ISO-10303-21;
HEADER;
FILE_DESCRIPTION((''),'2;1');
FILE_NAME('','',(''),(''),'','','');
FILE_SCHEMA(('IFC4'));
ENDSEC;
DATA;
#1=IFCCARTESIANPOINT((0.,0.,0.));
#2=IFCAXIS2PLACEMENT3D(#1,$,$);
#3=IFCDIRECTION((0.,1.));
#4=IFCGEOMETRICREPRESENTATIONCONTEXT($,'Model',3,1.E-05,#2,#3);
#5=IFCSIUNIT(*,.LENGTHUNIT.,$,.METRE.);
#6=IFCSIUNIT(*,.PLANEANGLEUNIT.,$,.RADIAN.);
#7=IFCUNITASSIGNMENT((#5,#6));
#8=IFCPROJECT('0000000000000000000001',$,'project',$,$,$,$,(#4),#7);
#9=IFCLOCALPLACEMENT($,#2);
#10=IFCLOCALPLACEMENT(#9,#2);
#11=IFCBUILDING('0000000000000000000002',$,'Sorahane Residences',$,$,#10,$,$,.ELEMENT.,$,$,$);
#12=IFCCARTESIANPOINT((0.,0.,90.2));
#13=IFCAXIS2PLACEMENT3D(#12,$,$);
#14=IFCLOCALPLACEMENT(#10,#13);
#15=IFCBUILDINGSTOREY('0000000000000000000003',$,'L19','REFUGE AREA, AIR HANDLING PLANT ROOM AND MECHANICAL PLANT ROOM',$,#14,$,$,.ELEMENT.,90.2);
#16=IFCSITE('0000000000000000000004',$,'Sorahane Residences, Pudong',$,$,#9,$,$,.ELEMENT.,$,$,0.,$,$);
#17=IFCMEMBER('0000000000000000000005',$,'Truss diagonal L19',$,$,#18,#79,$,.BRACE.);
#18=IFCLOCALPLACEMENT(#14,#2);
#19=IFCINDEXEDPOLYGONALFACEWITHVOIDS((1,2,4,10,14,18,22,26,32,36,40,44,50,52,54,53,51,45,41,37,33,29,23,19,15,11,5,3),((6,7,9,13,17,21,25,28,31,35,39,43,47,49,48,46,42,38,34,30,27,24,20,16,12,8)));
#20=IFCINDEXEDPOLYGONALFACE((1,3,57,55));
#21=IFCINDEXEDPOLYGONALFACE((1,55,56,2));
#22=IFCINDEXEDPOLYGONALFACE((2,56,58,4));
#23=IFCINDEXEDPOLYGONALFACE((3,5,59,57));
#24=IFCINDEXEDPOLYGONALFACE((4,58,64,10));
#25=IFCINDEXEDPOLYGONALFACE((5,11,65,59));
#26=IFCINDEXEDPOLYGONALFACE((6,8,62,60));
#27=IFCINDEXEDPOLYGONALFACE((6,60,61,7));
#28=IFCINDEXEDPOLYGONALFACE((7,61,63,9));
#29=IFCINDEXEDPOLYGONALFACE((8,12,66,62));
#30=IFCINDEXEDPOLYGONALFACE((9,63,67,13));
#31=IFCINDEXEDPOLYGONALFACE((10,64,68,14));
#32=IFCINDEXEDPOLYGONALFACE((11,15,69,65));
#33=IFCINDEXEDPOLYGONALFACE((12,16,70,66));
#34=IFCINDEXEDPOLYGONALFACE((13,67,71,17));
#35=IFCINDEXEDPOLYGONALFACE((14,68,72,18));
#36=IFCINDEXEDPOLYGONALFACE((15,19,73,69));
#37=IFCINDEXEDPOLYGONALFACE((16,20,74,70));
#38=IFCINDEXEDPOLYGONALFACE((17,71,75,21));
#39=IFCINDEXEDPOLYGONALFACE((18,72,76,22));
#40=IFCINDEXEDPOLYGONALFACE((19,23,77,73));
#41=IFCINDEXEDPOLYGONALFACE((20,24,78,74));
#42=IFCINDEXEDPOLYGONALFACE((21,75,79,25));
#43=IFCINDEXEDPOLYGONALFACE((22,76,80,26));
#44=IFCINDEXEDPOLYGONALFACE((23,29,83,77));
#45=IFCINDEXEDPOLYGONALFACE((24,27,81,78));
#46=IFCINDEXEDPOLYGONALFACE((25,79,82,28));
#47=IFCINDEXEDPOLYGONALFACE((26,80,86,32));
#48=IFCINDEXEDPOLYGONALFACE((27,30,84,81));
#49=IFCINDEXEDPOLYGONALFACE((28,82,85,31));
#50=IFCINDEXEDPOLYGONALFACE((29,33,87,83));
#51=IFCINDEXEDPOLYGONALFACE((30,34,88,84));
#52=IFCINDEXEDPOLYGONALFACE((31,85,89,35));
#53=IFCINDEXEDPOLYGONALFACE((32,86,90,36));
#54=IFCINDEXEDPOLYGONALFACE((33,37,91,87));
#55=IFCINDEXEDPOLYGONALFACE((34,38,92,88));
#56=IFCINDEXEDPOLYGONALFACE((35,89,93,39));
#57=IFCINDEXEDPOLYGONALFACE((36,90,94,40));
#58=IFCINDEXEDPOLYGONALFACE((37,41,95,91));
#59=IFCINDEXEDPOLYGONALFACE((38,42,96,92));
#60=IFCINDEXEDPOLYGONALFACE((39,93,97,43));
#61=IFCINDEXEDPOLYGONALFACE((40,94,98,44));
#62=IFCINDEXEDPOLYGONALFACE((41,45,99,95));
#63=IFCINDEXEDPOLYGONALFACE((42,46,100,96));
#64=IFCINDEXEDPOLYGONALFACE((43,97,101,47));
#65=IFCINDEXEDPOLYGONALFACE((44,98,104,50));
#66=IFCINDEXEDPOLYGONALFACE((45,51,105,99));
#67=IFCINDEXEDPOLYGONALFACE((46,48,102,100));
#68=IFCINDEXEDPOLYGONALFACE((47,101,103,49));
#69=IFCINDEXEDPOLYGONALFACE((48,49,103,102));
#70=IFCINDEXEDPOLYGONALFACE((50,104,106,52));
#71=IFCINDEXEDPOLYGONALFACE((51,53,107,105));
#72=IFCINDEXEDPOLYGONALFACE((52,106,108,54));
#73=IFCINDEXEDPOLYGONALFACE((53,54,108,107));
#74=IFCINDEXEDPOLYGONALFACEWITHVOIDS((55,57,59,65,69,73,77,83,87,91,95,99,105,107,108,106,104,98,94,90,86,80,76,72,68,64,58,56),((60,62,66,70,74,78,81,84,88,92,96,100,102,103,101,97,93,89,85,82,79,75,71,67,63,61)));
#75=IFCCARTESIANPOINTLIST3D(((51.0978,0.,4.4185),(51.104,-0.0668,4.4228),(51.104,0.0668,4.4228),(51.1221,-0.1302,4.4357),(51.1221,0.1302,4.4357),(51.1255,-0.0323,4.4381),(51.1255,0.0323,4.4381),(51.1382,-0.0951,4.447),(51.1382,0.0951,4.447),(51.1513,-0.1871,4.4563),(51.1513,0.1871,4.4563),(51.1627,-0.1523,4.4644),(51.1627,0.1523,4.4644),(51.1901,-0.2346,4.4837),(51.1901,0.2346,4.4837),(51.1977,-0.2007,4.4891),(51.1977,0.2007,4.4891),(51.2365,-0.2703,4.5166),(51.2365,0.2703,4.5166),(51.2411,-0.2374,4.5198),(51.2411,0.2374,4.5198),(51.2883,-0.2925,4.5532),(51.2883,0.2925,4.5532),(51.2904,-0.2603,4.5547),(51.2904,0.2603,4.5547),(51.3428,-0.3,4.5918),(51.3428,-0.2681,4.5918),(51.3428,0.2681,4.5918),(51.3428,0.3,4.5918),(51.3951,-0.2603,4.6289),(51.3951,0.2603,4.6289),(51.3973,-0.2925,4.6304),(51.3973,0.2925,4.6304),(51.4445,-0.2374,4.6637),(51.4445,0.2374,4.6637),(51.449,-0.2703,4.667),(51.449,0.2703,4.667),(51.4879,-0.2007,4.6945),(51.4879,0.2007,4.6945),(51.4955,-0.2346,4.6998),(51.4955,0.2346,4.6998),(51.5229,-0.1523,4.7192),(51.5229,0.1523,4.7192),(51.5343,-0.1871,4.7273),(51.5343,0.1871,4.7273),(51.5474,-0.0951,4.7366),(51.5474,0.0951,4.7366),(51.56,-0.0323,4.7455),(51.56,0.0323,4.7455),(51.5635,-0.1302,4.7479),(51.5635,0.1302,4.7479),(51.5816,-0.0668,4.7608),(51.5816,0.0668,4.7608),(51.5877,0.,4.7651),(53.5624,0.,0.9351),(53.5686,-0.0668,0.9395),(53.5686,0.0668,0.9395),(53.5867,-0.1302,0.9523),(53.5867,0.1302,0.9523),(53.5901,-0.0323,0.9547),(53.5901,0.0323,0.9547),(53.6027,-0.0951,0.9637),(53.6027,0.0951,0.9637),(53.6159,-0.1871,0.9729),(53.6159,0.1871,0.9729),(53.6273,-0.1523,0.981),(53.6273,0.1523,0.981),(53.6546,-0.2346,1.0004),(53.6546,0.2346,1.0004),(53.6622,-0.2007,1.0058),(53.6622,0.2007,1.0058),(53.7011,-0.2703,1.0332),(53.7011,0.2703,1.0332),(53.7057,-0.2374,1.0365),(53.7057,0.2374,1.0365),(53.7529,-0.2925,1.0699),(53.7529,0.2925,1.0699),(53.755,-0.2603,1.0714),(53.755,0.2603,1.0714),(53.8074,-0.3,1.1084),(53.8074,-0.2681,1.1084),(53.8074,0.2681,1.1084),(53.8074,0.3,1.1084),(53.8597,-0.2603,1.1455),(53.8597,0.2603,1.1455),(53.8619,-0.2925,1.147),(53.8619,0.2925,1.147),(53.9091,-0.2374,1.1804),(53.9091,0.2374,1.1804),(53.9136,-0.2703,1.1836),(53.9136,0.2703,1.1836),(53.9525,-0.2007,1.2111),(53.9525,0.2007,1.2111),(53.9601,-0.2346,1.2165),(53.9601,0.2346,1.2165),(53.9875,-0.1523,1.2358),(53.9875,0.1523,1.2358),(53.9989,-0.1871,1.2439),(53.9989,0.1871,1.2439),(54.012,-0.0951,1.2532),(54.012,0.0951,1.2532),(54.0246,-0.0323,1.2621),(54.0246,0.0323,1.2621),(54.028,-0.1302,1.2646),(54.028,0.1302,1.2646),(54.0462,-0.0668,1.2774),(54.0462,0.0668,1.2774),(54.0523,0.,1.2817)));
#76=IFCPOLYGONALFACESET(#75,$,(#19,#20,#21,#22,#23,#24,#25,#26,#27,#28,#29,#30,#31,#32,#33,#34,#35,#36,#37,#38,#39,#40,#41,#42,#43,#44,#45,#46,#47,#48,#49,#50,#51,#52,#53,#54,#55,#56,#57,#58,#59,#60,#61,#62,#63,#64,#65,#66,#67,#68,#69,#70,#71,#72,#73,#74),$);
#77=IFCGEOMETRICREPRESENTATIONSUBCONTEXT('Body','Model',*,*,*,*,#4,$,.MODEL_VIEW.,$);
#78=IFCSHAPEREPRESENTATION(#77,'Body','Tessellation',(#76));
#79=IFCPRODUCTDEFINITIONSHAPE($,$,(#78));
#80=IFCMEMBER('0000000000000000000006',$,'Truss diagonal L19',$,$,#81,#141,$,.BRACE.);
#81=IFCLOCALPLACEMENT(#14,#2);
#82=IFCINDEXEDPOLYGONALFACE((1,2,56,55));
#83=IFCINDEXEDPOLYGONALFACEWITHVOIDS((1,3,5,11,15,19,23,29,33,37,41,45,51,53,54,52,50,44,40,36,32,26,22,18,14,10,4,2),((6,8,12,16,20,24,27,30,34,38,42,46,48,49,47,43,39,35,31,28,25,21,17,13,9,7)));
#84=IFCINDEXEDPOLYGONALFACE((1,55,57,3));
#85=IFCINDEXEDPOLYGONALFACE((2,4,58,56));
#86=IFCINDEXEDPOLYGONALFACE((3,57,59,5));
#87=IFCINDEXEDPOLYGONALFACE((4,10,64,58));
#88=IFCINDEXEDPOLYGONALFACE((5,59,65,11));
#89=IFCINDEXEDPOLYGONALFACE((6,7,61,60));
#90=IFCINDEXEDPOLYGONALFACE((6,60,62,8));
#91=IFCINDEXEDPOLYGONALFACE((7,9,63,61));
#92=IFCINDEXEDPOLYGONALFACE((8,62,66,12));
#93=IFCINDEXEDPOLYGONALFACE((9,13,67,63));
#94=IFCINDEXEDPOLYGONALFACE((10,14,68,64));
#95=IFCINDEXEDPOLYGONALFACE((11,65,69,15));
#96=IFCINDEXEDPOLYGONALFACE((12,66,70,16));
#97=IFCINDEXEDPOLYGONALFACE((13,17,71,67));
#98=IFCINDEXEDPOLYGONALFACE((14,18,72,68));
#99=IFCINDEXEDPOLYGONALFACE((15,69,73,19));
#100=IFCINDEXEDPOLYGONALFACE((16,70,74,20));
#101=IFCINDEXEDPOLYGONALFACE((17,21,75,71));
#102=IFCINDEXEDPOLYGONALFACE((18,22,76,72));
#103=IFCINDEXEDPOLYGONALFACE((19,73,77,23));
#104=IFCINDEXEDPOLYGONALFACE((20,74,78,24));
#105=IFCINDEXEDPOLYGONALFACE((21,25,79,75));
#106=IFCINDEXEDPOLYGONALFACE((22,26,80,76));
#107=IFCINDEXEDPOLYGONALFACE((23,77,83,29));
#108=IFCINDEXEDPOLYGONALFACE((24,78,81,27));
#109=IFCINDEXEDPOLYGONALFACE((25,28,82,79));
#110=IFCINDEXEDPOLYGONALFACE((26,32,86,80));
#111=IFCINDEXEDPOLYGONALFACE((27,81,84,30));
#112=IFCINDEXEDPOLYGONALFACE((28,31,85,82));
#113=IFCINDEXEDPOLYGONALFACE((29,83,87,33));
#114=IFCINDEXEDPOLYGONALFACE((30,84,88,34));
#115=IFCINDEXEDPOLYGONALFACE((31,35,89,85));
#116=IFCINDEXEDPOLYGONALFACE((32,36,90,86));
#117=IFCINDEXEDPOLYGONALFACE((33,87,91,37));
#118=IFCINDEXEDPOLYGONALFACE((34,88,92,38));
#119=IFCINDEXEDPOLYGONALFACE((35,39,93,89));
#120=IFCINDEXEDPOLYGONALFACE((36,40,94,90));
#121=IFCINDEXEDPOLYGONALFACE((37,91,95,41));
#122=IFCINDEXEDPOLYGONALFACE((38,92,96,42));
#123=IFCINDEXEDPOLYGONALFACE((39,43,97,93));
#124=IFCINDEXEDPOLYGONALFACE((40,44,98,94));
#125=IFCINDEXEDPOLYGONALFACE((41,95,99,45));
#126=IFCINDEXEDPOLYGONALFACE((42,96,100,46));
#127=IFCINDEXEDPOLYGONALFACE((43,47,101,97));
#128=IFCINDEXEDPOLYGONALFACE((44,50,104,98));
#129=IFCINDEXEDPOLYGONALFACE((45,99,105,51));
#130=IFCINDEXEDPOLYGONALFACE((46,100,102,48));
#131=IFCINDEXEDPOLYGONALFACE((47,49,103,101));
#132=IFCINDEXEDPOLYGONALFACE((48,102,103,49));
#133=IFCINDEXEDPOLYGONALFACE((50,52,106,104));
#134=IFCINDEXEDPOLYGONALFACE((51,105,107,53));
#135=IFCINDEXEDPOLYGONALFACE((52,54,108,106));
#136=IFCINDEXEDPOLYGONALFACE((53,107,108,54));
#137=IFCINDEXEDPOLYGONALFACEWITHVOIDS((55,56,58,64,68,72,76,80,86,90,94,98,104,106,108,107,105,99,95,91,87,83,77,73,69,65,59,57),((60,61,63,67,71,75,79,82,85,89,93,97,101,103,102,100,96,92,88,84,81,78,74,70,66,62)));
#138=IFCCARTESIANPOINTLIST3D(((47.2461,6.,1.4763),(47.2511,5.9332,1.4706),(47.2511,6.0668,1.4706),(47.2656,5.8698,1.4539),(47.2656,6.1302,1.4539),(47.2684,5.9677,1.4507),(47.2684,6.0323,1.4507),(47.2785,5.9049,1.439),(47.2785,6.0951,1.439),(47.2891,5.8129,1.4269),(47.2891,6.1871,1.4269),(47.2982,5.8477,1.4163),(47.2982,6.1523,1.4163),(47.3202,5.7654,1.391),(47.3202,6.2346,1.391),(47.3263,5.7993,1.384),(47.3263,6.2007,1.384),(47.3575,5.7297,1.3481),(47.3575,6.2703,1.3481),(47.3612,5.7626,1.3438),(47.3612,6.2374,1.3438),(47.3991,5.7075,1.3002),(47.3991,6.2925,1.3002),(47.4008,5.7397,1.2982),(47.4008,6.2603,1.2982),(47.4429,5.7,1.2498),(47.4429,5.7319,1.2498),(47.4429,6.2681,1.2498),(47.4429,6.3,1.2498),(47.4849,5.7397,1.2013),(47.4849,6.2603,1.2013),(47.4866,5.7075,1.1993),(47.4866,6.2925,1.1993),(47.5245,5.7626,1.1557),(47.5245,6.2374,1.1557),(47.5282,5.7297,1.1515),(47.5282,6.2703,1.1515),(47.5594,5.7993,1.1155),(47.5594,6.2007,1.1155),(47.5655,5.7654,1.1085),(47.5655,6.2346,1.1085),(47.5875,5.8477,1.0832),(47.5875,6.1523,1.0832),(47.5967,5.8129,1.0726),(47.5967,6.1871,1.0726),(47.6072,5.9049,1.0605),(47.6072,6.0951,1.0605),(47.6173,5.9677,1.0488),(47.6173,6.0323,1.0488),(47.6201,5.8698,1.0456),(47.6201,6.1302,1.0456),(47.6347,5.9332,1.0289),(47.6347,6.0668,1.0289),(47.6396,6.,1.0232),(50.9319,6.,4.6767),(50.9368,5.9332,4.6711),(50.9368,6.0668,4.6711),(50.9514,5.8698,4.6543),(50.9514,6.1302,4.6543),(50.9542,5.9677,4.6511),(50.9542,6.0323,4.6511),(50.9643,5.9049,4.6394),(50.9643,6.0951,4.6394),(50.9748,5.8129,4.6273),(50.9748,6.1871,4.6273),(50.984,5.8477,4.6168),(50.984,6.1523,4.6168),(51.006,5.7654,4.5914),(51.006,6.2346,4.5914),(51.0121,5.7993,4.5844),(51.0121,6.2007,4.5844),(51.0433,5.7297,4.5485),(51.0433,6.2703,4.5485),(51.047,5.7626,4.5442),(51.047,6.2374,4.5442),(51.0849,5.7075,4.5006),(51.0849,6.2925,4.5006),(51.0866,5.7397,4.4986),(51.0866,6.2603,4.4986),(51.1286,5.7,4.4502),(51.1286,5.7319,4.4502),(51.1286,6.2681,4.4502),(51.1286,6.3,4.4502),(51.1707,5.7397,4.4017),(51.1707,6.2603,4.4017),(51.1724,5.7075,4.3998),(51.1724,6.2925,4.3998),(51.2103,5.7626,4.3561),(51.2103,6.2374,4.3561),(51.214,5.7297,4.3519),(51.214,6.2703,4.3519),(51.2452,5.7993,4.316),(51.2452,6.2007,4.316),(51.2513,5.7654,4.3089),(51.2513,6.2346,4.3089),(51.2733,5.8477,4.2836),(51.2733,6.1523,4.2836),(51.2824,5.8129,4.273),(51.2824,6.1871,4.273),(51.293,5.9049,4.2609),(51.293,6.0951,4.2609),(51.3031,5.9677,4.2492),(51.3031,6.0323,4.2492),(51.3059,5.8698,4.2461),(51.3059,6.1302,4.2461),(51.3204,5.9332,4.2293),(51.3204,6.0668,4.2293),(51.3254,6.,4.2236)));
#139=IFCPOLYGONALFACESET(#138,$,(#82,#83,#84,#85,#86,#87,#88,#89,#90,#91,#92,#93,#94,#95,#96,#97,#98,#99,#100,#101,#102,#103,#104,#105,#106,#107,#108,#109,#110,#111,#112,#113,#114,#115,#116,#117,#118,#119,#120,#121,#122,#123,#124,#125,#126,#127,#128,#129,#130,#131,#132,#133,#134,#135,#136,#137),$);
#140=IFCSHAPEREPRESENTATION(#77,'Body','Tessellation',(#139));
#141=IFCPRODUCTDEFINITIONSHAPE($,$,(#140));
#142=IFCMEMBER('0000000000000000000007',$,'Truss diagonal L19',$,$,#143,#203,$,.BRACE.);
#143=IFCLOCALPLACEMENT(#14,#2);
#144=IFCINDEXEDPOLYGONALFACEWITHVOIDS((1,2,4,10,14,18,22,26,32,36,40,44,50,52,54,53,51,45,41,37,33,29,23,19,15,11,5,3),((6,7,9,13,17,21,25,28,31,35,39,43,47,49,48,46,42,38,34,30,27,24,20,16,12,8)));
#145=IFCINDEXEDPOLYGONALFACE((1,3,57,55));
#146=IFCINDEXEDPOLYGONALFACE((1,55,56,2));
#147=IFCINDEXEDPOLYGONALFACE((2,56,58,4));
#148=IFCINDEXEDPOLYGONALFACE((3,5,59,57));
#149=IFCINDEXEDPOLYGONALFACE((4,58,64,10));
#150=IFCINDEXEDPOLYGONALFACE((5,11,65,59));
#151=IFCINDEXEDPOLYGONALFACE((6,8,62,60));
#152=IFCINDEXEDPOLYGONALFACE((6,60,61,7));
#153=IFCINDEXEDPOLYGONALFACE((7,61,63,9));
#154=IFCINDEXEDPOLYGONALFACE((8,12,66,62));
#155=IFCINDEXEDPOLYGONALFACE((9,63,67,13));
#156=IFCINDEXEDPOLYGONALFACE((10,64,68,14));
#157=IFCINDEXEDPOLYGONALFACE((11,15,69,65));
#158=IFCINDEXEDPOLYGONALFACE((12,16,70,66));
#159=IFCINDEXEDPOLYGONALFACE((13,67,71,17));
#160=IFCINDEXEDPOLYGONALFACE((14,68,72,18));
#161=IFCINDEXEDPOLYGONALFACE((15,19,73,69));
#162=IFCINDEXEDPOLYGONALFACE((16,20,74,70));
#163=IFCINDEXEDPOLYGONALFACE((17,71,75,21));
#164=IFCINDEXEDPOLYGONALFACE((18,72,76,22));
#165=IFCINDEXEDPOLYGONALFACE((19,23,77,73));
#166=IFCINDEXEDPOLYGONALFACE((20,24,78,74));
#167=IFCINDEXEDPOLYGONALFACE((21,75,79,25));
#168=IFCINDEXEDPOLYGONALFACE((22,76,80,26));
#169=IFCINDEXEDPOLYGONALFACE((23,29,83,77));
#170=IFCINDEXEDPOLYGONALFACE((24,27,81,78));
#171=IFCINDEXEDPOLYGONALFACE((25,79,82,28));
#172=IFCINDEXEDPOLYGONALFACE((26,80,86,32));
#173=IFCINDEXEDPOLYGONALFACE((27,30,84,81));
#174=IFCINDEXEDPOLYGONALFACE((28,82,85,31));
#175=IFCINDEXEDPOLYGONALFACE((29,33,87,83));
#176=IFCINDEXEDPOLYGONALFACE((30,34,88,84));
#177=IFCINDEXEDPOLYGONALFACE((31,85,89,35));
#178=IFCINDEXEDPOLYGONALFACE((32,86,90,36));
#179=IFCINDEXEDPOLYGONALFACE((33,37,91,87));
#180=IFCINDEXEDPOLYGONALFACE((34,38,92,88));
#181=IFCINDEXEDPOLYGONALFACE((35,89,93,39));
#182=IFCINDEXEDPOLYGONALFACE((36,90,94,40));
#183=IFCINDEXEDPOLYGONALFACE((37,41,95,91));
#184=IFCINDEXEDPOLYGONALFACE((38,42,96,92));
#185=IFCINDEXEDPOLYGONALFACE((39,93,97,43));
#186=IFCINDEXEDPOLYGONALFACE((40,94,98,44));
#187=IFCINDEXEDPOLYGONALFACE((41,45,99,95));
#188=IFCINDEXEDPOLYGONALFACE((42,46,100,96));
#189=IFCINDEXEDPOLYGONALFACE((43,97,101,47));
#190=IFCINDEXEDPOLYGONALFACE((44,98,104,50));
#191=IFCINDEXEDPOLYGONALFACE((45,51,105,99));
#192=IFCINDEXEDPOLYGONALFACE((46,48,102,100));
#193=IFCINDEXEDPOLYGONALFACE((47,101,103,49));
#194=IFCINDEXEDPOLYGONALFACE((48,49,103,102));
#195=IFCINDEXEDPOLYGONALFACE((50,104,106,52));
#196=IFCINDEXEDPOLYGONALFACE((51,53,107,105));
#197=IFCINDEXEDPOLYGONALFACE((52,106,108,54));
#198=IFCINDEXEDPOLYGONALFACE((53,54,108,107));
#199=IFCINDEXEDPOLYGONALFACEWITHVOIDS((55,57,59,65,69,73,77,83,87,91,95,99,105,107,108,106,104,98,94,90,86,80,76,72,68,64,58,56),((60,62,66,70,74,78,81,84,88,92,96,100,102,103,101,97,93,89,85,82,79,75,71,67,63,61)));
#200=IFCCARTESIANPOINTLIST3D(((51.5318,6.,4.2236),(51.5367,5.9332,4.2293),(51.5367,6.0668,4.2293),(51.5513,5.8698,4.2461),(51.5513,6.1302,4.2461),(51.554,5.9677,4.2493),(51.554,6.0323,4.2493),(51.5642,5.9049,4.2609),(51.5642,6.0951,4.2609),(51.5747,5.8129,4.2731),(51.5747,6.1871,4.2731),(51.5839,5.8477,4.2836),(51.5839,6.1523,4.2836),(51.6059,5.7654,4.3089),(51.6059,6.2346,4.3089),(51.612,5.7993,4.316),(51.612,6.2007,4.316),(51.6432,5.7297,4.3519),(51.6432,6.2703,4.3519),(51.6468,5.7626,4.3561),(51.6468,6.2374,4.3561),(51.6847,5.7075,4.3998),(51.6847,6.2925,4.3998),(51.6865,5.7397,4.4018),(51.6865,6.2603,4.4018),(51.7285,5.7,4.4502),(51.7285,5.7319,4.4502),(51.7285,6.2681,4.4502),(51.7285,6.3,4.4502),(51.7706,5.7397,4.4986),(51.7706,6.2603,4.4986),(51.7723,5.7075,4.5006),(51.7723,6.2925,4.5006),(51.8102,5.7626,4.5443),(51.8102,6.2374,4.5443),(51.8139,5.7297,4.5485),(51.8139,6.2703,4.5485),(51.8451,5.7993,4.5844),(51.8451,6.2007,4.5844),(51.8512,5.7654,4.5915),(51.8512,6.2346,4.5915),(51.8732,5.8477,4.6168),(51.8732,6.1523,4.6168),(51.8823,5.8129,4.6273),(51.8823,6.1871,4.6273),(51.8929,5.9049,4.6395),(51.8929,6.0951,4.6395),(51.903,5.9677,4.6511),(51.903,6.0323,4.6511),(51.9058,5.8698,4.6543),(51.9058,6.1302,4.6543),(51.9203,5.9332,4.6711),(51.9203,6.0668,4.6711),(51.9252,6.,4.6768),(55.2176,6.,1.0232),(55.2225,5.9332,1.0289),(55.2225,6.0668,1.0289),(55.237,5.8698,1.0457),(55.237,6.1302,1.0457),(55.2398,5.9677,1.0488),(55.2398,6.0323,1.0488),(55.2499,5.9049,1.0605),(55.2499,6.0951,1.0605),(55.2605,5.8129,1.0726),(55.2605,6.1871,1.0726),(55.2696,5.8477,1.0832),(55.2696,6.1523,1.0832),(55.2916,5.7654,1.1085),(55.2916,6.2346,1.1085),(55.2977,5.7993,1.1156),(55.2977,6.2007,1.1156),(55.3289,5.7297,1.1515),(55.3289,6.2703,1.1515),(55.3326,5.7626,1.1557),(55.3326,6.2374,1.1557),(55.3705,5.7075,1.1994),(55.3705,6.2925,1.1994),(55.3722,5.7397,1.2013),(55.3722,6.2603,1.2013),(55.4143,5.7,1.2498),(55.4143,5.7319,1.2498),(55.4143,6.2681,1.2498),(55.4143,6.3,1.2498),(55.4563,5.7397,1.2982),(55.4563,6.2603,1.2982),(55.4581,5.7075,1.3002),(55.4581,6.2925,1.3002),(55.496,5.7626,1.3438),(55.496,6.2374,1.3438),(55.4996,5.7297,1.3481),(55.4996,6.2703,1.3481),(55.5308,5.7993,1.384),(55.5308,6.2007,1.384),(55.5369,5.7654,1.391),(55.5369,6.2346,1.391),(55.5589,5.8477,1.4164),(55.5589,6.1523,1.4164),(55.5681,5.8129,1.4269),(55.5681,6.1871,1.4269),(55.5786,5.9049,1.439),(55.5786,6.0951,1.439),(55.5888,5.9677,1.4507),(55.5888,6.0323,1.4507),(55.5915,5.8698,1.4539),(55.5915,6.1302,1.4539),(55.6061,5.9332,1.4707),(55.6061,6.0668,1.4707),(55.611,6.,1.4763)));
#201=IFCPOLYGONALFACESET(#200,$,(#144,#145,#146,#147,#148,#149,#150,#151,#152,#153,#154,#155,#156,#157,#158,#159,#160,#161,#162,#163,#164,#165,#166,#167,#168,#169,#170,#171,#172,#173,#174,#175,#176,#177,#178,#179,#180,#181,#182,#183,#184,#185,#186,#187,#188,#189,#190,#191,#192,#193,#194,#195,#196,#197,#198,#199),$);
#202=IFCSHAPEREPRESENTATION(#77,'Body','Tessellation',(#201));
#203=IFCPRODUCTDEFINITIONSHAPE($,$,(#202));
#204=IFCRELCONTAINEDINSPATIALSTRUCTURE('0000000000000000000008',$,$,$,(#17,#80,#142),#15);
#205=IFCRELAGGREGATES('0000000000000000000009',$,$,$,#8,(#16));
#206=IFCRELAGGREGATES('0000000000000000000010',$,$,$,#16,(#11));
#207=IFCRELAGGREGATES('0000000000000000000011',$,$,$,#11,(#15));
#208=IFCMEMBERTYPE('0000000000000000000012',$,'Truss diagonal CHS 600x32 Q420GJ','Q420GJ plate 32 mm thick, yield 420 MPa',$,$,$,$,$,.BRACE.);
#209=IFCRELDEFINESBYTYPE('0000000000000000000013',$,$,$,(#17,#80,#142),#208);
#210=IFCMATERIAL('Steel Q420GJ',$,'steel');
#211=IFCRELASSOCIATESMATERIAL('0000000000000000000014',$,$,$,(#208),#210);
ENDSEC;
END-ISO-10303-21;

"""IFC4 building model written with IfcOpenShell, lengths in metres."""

from ifc_helpers import new_model, si_unit, direction, frame, origin, origin_2d, place, context, subcontext, project, spatial, hollow_circle, extrude, material, material_profile, profile_set, type_object, element, save


model = new_model("IFC4")

# Units and contexts
model_context = context("Model", 3, precision=1e-05, world=origin(), true_north=direction((0.0, 1.0)))
body_context = subcontext(model_context, "Body", "Model", "MODEL_VIEW")
ifc_project = project(units=[si_unit("LENGTHUNIT", "METRE"), si_unit("PLANEANGLEUNIT", "RADIAN")], contexts=[model_context])

# Site, building, storey
site_placement = place(None, origin())
site = spatial("IfcSite", under=ifc_project, at=site_placement, Name="Sorahane Residences, Pudong", CompositionType="ELEMENT", RefElevation=0.0)
building_placement = place(site_placement, origin())
building = spatial("IfcBuilding", under=site, at=building_placement, Name="Sorahane Residences", CompositionType="ELEMENT")
storey_placement = place(building_placement, frame((0.0, 0.0, 90.2)))
storey = spatial("IfcBuildingStorey", under=building, at=storey_placement, Name="L19", Description="REFUGE AREA, AIR HANDLING PLANT ROOM AND MECHANICAL PLANT ROOM", CompositionType="ELEMENT", Elevation=90.2)

# Members
ifc_material_1 = material(Name="Steel Q420GJ", Category="steel")
ifc_material_profile_1 = material_profile(ifc_material_1, hollow_circle(Radius=0.3, WallThickness=0.032, at=origin_2d()), Name="CHS 600x32")
ifc_profile_set_1 = profile_set([ifc_material_profile_1], Name="Steel Q420GJ")
member_type = type_object("IfcMemberType", Name="Truss diagonal CHS 600x32 Q420GJ", Description="Q420GJ plate 32 mm thick, yield 420 MPa", PredefinedType="BRACE", material=ifc_profile_set_1)
member_1_placement = place(storey_placement, frame((51.3428, 0.0, 4.5918), z_axis=(0.577579, 0.0, -0.816335), x_axis=(0.0, 1.0, 0.0)))
element("IfcMember", 1, at=member_1_placement, inside=storey, type_object=member_type, Name="Truss diagonal L19", PredefinedType="BRACE", context=body_context, shape_type="SweptSolid", body=[
    extrude(hollow_circle(Radius=0.3, WallThickness=0.032, at=origin_2d()), origin(), (0.0, 0.0, 1.0), 4.2671),
])
for number, where, z_axis, x_axis, name in (
    (2, (47.4429, 6.0, 1.2498), (0.755072, 0.0, 0.655642), (0.0, 1.0, 0.0), "Truss diagonal L19"),
    (3, (51.7285, 6.0, 4.4502), (0.755072, 0.0, -0.655642), (0.0, 1.0, 0.0), "Truss diagonal L19"),
):
    element("IfcMember", number, at=place(storey_placement, frame(where, z_axis=z_axis, x_axis=x_axis)), inside=storey, type_object=member_type, Name=name, PredefinedType="BRACE", context=body_context, shape_type="SweptSolid", body=[
        extrude(hollow_circle(Radius=0.3, WallThickness=0.032, at=origin_2d()), origin(), (0.0, 0.0, 1.0), 4.8813),
    ])

save(model, "model.ifc")
